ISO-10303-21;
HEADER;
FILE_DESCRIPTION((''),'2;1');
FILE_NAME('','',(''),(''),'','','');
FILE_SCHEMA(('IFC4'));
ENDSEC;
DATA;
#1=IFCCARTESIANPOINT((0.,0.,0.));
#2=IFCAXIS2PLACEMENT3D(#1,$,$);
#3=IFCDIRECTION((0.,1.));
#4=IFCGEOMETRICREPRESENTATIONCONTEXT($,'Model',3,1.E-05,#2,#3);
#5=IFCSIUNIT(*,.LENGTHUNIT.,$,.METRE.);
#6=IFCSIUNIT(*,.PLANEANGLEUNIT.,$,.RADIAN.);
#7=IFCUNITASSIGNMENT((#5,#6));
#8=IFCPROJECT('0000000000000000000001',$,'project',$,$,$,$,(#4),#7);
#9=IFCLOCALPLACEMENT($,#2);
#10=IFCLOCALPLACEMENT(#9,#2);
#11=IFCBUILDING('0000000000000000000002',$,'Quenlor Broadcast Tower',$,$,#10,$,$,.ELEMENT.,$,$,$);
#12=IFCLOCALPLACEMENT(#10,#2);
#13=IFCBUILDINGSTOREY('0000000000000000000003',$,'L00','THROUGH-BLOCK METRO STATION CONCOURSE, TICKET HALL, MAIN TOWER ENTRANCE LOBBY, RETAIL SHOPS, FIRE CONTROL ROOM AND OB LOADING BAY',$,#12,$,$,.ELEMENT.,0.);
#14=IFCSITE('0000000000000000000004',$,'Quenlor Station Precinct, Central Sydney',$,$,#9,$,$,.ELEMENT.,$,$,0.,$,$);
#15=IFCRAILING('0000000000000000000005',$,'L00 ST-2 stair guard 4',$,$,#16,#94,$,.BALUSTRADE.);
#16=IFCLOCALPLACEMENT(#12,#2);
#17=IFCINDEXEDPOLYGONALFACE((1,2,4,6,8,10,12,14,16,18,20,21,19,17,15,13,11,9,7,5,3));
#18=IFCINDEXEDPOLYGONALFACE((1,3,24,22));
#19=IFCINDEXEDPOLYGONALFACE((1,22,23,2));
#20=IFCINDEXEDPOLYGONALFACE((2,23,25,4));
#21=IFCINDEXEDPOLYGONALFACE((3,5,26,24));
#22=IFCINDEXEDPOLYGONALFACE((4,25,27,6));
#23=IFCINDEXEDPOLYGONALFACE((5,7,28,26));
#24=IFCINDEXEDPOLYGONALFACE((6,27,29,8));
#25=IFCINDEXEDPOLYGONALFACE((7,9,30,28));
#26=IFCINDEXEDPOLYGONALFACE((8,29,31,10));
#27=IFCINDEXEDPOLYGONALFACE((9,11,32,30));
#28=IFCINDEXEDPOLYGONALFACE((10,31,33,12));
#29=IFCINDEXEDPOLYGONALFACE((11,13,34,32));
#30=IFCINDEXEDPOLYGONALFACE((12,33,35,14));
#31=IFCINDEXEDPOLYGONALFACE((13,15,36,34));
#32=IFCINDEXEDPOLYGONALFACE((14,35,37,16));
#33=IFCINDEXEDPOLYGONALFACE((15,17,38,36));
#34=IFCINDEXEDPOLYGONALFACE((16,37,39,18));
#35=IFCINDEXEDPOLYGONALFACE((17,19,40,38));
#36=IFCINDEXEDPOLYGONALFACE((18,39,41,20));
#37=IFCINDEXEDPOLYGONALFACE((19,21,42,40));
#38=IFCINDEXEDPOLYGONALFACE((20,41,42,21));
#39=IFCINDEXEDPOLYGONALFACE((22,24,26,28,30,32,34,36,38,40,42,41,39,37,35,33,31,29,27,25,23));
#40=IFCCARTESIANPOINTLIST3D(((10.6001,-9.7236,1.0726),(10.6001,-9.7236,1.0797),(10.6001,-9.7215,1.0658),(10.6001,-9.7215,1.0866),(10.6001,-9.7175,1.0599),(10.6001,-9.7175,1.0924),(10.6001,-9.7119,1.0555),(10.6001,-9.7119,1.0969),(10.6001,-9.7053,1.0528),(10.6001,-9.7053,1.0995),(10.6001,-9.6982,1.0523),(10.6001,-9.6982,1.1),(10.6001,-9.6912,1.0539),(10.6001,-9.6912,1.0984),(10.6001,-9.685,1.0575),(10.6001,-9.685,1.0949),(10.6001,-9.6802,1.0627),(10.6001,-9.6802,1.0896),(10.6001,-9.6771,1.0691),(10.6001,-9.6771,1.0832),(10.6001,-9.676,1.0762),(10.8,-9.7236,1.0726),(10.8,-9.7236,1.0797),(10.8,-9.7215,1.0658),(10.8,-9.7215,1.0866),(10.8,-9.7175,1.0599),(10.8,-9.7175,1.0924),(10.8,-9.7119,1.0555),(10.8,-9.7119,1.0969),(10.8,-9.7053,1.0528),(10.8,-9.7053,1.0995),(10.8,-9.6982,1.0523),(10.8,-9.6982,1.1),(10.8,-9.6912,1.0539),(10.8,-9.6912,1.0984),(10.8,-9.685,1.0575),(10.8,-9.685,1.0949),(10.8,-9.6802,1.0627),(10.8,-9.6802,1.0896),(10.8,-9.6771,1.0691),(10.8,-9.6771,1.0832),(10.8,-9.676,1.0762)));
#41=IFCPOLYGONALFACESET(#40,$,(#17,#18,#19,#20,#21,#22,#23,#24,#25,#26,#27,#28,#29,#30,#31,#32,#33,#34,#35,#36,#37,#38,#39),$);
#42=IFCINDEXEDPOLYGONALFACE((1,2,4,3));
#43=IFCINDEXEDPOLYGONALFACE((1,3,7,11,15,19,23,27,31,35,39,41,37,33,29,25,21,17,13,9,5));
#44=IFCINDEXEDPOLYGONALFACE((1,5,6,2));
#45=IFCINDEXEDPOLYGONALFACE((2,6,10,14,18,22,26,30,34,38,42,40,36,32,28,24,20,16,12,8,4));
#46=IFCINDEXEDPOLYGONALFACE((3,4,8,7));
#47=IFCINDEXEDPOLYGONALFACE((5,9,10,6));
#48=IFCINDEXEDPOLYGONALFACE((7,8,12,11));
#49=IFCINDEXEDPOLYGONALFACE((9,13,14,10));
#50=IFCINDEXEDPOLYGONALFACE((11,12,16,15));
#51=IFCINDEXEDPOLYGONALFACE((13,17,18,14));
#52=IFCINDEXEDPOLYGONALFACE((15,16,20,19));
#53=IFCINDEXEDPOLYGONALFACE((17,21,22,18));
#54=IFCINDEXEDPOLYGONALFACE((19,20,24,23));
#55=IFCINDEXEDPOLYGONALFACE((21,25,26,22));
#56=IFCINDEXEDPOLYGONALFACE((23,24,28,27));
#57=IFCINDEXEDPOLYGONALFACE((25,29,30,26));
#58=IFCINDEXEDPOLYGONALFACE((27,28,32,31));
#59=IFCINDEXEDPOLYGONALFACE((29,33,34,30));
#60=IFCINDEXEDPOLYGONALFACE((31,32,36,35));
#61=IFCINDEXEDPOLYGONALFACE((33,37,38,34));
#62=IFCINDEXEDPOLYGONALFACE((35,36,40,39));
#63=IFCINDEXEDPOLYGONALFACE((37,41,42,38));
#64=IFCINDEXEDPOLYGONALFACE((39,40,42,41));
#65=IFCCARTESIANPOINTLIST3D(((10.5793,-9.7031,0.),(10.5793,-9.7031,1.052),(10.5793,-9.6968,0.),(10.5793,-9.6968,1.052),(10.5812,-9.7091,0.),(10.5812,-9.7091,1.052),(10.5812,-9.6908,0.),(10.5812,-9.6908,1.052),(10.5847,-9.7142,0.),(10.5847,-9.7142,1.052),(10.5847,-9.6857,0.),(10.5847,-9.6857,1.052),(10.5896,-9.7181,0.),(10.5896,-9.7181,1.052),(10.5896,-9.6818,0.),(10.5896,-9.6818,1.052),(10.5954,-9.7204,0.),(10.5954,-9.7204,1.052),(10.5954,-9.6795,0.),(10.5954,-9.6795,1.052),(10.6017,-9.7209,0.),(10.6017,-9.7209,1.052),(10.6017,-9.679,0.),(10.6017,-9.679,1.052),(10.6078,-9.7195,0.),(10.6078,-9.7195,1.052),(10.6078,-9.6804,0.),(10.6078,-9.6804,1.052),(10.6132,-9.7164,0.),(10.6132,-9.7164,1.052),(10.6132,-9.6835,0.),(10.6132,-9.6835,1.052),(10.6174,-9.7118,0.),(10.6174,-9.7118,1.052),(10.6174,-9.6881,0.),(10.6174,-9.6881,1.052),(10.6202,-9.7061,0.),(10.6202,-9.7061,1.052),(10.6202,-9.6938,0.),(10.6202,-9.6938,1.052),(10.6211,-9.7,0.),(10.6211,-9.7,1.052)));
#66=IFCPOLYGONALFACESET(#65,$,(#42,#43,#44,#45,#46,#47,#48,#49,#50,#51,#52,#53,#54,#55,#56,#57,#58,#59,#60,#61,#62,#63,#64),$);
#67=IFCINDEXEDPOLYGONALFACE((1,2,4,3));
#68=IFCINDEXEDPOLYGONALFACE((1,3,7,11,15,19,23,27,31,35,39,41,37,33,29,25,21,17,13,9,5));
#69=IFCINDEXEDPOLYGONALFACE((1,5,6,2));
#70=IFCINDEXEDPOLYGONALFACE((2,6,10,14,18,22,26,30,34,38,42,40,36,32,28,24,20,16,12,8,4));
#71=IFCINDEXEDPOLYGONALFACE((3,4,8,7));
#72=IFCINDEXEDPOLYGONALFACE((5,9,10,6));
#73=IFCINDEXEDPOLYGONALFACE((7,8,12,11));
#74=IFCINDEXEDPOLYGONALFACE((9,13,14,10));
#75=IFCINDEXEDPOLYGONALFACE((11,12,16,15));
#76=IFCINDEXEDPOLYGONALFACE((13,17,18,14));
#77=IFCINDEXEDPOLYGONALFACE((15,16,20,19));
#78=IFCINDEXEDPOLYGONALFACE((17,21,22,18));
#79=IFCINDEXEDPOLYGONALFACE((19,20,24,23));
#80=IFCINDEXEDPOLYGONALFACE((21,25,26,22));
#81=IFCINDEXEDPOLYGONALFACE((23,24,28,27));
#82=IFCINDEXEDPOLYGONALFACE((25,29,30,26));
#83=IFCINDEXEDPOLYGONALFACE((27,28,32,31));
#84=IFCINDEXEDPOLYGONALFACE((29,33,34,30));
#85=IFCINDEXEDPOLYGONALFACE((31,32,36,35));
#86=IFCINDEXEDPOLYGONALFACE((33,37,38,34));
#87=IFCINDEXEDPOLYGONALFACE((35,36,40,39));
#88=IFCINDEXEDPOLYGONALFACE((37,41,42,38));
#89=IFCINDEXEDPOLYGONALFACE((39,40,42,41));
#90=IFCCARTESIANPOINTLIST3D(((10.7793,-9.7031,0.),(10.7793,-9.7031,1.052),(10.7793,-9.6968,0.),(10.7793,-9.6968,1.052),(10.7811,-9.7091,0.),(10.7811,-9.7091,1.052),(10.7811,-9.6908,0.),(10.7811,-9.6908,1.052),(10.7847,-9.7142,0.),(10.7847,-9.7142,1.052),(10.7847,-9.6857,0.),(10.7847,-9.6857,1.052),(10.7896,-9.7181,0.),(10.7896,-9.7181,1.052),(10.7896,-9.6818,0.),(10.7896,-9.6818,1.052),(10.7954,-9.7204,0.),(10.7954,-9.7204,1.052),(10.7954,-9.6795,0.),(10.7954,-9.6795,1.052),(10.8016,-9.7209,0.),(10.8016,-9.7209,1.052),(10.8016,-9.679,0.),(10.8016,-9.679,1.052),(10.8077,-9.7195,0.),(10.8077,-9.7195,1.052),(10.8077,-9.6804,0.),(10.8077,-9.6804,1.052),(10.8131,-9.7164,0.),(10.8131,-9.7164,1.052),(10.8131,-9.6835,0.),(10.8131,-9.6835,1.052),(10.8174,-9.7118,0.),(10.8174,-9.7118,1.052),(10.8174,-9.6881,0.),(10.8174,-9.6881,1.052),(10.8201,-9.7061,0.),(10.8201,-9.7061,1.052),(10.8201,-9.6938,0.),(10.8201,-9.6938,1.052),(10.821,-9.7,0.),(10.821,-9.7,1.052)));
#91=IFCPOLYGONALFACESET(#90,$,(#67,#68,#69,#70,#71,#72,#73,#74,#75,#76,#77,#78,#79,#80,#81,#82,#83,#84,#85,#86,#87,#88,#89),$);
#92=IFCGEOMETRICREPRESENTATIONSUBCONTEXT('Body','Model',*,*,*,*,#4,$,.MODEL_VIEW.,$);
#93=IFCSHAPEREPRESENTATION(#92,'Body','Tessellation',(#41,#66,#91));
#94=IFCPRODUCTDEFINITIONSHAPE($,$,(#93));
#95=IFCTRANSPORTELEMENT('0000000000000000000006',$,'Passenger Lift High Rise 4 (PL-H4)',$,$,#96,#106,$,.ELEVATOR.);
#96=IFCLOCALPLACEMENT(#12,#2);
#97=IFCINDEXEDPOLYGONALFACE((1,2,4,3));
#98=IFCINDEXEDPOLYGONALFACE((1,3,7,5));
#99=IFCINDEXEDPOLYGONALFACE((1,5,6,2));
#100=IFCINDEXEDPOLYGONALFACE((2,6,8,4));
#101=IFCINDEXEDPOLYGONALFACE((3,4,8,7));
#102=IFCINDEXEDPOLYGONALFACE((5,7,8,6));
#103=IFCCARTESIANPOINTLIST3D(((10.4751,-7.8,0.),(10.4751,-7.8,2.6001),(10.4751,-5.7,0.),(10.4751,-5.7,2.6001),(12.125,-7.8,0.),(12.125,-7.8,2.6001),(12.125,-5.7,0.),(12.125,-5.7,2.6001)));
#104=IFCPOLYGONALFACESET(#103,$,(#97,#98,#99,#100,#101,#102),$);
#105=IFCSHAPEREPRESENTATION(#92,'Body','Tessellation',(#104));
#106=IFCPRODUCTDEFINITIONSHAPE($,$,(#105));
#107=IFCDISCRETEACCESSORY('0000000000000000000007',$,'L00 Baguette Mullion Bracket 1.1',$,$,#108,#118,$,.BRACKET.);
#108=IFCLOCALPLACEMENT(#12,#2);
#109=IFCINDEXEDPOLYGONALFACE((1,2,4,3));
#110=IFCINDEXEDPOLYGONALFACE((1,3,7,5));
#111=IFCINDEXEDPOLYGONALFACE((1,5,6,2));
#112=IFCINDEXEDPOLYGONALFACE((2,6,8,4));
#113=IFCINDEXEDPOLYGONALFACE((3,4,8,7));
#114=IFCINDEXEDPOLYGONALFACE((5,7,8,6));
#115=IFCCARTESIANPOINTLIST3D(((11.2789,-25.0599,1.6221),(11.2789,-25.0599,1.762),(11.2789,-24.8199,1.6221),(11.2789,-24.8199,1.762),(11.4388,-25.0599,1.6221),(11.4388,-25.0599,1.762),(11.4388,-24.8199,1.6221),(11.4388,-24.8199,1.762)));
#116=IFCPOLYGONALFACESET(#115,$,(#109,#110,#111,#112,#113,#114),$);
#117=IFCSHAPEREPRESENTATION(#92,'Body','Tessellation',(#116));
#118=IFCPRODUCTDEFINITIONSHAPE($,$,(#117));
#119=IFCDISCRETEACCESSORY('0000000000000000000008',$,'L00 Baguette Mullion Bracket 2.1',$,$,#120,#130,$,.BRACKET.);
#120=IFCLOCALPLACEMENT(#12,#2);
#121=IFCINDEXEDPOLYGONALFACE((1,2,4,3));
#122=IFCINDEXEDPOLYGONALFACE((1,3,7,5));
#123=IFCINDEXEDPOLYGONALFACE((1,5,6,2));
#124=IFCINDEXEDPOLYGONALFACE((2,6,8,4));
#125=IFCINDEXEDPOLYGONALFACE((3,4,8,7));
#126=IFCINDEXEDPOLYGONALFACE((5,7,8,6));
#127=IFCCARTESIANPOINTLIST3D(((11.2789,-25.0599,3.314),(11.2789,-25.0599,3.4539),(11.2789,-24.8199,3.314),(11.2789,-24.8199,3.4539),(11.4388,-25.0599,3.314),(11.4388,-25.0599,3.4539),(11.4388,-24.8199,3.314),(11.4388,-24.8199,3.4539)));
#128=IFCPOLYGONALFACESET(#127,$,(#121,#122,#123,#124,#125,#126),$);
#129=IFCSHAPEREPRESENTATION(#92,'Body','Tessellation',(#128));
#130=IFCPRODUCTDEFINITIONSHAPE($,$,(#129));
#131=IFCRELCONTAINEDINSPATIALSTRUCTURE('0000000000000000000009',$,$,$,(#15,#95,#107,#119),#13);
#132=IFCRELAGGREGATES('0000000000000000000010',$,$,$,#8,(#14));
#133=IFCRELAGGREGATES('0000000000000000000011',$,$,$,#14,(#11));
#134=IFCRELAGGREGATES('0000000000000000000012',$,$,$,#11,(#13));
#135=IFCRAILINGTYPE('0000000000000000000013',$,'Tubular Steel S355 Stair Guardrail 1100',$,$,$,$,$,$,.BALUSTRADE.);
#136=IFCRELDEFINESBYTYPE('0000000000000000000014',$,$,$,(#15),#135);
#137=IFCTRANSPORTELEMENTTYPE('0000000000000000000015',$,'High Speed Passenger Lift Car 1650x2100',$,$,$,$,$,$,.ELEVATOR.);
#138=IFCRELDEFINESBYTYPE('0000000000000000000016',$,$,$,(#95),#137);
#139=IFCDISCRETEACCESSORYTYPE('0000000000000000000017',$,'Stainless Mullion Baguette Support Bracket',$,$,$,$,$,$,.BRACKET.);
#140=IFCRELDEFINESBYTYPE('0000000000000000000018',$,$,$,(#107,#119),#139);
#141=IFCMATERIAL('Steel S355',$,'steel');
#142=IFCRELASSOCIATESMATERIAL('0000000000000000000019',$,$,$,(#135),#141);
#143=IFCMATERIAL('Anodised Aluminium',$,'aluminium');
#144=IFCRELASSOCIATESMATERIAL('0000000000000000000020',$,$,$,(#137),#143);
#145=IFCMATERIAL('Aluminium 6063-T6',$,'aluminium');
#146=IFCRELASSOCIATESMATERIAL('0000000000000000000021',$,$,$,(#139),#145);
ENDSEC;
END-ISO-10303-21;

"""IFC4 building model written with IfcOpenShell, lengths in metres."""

from ifc_helpers import new_model, si_unit, direction, frame, origin, origin_2d, place, context, subcontext, project, spatial, rectangle, circle, extrude, material, type_object, element, save


model = new_model("IFC4")

# Units and contexts
model_context = context("Model", 3, precision=1e-05, world=origin(), true_north=direction((0.0, 1.0)))
body_context = subcontext(model_context, "Body", "Model", "MODEL_VIEW")
ifc_project = project(units=[si_unit("LENGTHUNIT", "METRE"), si_unit("PLANEANGLEUNIT", "RADIAN")], contexts=[model_context])

# Site, building, storey
site_placement = place(None, origin())
site = spatial("IfcSite", under=ifc_project, at=site_placement, Name="Quenlor Station Precinct, Central Sydney", CompositionType="ELEMENT", RefElevation=0.0)
building_placement = place(site_placement, origin())
building = spatial("IfcBuilding", under=site, at=building_placement, Name="Quenlor Broadcast Tower", CompositionType="ELEMENT")
storey_placement = place(building_placement, origin())
storey = spatial("IfcBuildingStorey", under=building, at=storey_placement, Name="L00", Description="THROUGH-BLOCK METRO STATION CONCOURSE, TICKET HALL, MAIN TOWER ENTRANCE LOBBY, RETAIL SHOPS, FIRE CONTROL ROOM AND OB LOADING BAY", CompositionType="ELEMENT", Elevation=0.0)

# Railing
ifc_material_1 = material(Name="Steel S355", Category="steel")
railing_type_1 = type_object("IfcRailingType", Name="Tubular Steel S355 Stair Guardrail 1100", PredefinedType="BALUSTRADE", material=ifc_material_1)
railing_1_placement = place(storey_placement, frame((10.6001, -9.7, 0.0)))
element("IfcRailing", 1, at=railing_1_placement, inside=storey, type_object=railing_type_1, Name="L00 ST-2 stair guard 4", PredefinedType="BALUSTRADE", context=body_context, shape_type="SweptSolid", body=[
    extrude(circle(Radius=0.0239, at=origin_2d()), frame((0.0, 0.0, 1.0762), z_axis=(1.0, 0.0, 0.0), x_axis=(0.0, 1.0, 0.0)), (0.0, 0.0, 1.0), 0.2),
    extrude(circle(Radius=0.021, at=origin_2d()), origin(), (0.0, 0.0, 1.0), 1.052),
    extrude(circle(Radius=0.021, at=origin_2d()), frame((0.2, 0.0, 0.0)), (0.0, 0.0, 1.0), 1.052),
])

# Transport element
ifc_material_2 = material(Name="Anodised Aluminium", Category="aluminium")
transport_element_type = type_object("IfcTransportElementType", Name="High Speed Passenger Lift Car 1650x2100", PredefinedType="ELEVATOR", material=ifc_material_2)
transport_element_placement = place(storey_placement, frame((11.3, -6.75, 0.0), z_axis=(0.0, 0.0, 1.0), x_axis=(1.0, 0.0, 0.0)))
element("IfcTransportElement", 2, at=transport_element_placement, inside=storey, type_object=transport_element_type, Name="Passenger Lift High Rise 4 (PL-H4)", PredefinedType="ELEVATOR", context=body_context, shape_type="SweptSolid", body=[
    extrude(rectangle(XDim=1.6499, YDim=2.1001, at=origin_2d()), origin(), (0.0, 0.0, 1.0), 2.6001),
])

# Discrete accessories
ifc_material_3 = material(Name="Aluminium 6063-T6", Category="aluminium")
discrete_accessory_type = type_object("IfcDiscreteAccessoryType", Name="Stainless Mullion Baguette Support Bracket", PredefinedType="BRACKET", material=ifc_material_3)
for number, where, z_axis, x_axis, name in (
    (3, (11.3589, -24.9399, 1.6221), (0.0, 0.0, 1.0), (-1.0, 0.0, 0.0), "L00 Baguette Mullion Bracket 1.1"),
    (4, (11.3589, -24.9399, 3.314), (0.0, 0.0, 1.0), (-1.0, 0.0, 0.0), "L00 Baguette Mullion Bracket 2.1"),
):
    element("IfcDiscreteAccessory", number, at=place(storey_placement, frame(where, z_axis=z_axis, x_axis=x_axis)), inside=storey, type_object=discrete_accessory_type, Name=name, PredefinedType="BRACKET", context=body_context, shape_type="SweptSolid", body=[
        extrude(rectangle(XDim=0.1599, YDim=0.24, at=origin_2d()), origin(), (0.0, 0.0, 1.0), 0.1399),
    ])

save(model, "model.ifc")
